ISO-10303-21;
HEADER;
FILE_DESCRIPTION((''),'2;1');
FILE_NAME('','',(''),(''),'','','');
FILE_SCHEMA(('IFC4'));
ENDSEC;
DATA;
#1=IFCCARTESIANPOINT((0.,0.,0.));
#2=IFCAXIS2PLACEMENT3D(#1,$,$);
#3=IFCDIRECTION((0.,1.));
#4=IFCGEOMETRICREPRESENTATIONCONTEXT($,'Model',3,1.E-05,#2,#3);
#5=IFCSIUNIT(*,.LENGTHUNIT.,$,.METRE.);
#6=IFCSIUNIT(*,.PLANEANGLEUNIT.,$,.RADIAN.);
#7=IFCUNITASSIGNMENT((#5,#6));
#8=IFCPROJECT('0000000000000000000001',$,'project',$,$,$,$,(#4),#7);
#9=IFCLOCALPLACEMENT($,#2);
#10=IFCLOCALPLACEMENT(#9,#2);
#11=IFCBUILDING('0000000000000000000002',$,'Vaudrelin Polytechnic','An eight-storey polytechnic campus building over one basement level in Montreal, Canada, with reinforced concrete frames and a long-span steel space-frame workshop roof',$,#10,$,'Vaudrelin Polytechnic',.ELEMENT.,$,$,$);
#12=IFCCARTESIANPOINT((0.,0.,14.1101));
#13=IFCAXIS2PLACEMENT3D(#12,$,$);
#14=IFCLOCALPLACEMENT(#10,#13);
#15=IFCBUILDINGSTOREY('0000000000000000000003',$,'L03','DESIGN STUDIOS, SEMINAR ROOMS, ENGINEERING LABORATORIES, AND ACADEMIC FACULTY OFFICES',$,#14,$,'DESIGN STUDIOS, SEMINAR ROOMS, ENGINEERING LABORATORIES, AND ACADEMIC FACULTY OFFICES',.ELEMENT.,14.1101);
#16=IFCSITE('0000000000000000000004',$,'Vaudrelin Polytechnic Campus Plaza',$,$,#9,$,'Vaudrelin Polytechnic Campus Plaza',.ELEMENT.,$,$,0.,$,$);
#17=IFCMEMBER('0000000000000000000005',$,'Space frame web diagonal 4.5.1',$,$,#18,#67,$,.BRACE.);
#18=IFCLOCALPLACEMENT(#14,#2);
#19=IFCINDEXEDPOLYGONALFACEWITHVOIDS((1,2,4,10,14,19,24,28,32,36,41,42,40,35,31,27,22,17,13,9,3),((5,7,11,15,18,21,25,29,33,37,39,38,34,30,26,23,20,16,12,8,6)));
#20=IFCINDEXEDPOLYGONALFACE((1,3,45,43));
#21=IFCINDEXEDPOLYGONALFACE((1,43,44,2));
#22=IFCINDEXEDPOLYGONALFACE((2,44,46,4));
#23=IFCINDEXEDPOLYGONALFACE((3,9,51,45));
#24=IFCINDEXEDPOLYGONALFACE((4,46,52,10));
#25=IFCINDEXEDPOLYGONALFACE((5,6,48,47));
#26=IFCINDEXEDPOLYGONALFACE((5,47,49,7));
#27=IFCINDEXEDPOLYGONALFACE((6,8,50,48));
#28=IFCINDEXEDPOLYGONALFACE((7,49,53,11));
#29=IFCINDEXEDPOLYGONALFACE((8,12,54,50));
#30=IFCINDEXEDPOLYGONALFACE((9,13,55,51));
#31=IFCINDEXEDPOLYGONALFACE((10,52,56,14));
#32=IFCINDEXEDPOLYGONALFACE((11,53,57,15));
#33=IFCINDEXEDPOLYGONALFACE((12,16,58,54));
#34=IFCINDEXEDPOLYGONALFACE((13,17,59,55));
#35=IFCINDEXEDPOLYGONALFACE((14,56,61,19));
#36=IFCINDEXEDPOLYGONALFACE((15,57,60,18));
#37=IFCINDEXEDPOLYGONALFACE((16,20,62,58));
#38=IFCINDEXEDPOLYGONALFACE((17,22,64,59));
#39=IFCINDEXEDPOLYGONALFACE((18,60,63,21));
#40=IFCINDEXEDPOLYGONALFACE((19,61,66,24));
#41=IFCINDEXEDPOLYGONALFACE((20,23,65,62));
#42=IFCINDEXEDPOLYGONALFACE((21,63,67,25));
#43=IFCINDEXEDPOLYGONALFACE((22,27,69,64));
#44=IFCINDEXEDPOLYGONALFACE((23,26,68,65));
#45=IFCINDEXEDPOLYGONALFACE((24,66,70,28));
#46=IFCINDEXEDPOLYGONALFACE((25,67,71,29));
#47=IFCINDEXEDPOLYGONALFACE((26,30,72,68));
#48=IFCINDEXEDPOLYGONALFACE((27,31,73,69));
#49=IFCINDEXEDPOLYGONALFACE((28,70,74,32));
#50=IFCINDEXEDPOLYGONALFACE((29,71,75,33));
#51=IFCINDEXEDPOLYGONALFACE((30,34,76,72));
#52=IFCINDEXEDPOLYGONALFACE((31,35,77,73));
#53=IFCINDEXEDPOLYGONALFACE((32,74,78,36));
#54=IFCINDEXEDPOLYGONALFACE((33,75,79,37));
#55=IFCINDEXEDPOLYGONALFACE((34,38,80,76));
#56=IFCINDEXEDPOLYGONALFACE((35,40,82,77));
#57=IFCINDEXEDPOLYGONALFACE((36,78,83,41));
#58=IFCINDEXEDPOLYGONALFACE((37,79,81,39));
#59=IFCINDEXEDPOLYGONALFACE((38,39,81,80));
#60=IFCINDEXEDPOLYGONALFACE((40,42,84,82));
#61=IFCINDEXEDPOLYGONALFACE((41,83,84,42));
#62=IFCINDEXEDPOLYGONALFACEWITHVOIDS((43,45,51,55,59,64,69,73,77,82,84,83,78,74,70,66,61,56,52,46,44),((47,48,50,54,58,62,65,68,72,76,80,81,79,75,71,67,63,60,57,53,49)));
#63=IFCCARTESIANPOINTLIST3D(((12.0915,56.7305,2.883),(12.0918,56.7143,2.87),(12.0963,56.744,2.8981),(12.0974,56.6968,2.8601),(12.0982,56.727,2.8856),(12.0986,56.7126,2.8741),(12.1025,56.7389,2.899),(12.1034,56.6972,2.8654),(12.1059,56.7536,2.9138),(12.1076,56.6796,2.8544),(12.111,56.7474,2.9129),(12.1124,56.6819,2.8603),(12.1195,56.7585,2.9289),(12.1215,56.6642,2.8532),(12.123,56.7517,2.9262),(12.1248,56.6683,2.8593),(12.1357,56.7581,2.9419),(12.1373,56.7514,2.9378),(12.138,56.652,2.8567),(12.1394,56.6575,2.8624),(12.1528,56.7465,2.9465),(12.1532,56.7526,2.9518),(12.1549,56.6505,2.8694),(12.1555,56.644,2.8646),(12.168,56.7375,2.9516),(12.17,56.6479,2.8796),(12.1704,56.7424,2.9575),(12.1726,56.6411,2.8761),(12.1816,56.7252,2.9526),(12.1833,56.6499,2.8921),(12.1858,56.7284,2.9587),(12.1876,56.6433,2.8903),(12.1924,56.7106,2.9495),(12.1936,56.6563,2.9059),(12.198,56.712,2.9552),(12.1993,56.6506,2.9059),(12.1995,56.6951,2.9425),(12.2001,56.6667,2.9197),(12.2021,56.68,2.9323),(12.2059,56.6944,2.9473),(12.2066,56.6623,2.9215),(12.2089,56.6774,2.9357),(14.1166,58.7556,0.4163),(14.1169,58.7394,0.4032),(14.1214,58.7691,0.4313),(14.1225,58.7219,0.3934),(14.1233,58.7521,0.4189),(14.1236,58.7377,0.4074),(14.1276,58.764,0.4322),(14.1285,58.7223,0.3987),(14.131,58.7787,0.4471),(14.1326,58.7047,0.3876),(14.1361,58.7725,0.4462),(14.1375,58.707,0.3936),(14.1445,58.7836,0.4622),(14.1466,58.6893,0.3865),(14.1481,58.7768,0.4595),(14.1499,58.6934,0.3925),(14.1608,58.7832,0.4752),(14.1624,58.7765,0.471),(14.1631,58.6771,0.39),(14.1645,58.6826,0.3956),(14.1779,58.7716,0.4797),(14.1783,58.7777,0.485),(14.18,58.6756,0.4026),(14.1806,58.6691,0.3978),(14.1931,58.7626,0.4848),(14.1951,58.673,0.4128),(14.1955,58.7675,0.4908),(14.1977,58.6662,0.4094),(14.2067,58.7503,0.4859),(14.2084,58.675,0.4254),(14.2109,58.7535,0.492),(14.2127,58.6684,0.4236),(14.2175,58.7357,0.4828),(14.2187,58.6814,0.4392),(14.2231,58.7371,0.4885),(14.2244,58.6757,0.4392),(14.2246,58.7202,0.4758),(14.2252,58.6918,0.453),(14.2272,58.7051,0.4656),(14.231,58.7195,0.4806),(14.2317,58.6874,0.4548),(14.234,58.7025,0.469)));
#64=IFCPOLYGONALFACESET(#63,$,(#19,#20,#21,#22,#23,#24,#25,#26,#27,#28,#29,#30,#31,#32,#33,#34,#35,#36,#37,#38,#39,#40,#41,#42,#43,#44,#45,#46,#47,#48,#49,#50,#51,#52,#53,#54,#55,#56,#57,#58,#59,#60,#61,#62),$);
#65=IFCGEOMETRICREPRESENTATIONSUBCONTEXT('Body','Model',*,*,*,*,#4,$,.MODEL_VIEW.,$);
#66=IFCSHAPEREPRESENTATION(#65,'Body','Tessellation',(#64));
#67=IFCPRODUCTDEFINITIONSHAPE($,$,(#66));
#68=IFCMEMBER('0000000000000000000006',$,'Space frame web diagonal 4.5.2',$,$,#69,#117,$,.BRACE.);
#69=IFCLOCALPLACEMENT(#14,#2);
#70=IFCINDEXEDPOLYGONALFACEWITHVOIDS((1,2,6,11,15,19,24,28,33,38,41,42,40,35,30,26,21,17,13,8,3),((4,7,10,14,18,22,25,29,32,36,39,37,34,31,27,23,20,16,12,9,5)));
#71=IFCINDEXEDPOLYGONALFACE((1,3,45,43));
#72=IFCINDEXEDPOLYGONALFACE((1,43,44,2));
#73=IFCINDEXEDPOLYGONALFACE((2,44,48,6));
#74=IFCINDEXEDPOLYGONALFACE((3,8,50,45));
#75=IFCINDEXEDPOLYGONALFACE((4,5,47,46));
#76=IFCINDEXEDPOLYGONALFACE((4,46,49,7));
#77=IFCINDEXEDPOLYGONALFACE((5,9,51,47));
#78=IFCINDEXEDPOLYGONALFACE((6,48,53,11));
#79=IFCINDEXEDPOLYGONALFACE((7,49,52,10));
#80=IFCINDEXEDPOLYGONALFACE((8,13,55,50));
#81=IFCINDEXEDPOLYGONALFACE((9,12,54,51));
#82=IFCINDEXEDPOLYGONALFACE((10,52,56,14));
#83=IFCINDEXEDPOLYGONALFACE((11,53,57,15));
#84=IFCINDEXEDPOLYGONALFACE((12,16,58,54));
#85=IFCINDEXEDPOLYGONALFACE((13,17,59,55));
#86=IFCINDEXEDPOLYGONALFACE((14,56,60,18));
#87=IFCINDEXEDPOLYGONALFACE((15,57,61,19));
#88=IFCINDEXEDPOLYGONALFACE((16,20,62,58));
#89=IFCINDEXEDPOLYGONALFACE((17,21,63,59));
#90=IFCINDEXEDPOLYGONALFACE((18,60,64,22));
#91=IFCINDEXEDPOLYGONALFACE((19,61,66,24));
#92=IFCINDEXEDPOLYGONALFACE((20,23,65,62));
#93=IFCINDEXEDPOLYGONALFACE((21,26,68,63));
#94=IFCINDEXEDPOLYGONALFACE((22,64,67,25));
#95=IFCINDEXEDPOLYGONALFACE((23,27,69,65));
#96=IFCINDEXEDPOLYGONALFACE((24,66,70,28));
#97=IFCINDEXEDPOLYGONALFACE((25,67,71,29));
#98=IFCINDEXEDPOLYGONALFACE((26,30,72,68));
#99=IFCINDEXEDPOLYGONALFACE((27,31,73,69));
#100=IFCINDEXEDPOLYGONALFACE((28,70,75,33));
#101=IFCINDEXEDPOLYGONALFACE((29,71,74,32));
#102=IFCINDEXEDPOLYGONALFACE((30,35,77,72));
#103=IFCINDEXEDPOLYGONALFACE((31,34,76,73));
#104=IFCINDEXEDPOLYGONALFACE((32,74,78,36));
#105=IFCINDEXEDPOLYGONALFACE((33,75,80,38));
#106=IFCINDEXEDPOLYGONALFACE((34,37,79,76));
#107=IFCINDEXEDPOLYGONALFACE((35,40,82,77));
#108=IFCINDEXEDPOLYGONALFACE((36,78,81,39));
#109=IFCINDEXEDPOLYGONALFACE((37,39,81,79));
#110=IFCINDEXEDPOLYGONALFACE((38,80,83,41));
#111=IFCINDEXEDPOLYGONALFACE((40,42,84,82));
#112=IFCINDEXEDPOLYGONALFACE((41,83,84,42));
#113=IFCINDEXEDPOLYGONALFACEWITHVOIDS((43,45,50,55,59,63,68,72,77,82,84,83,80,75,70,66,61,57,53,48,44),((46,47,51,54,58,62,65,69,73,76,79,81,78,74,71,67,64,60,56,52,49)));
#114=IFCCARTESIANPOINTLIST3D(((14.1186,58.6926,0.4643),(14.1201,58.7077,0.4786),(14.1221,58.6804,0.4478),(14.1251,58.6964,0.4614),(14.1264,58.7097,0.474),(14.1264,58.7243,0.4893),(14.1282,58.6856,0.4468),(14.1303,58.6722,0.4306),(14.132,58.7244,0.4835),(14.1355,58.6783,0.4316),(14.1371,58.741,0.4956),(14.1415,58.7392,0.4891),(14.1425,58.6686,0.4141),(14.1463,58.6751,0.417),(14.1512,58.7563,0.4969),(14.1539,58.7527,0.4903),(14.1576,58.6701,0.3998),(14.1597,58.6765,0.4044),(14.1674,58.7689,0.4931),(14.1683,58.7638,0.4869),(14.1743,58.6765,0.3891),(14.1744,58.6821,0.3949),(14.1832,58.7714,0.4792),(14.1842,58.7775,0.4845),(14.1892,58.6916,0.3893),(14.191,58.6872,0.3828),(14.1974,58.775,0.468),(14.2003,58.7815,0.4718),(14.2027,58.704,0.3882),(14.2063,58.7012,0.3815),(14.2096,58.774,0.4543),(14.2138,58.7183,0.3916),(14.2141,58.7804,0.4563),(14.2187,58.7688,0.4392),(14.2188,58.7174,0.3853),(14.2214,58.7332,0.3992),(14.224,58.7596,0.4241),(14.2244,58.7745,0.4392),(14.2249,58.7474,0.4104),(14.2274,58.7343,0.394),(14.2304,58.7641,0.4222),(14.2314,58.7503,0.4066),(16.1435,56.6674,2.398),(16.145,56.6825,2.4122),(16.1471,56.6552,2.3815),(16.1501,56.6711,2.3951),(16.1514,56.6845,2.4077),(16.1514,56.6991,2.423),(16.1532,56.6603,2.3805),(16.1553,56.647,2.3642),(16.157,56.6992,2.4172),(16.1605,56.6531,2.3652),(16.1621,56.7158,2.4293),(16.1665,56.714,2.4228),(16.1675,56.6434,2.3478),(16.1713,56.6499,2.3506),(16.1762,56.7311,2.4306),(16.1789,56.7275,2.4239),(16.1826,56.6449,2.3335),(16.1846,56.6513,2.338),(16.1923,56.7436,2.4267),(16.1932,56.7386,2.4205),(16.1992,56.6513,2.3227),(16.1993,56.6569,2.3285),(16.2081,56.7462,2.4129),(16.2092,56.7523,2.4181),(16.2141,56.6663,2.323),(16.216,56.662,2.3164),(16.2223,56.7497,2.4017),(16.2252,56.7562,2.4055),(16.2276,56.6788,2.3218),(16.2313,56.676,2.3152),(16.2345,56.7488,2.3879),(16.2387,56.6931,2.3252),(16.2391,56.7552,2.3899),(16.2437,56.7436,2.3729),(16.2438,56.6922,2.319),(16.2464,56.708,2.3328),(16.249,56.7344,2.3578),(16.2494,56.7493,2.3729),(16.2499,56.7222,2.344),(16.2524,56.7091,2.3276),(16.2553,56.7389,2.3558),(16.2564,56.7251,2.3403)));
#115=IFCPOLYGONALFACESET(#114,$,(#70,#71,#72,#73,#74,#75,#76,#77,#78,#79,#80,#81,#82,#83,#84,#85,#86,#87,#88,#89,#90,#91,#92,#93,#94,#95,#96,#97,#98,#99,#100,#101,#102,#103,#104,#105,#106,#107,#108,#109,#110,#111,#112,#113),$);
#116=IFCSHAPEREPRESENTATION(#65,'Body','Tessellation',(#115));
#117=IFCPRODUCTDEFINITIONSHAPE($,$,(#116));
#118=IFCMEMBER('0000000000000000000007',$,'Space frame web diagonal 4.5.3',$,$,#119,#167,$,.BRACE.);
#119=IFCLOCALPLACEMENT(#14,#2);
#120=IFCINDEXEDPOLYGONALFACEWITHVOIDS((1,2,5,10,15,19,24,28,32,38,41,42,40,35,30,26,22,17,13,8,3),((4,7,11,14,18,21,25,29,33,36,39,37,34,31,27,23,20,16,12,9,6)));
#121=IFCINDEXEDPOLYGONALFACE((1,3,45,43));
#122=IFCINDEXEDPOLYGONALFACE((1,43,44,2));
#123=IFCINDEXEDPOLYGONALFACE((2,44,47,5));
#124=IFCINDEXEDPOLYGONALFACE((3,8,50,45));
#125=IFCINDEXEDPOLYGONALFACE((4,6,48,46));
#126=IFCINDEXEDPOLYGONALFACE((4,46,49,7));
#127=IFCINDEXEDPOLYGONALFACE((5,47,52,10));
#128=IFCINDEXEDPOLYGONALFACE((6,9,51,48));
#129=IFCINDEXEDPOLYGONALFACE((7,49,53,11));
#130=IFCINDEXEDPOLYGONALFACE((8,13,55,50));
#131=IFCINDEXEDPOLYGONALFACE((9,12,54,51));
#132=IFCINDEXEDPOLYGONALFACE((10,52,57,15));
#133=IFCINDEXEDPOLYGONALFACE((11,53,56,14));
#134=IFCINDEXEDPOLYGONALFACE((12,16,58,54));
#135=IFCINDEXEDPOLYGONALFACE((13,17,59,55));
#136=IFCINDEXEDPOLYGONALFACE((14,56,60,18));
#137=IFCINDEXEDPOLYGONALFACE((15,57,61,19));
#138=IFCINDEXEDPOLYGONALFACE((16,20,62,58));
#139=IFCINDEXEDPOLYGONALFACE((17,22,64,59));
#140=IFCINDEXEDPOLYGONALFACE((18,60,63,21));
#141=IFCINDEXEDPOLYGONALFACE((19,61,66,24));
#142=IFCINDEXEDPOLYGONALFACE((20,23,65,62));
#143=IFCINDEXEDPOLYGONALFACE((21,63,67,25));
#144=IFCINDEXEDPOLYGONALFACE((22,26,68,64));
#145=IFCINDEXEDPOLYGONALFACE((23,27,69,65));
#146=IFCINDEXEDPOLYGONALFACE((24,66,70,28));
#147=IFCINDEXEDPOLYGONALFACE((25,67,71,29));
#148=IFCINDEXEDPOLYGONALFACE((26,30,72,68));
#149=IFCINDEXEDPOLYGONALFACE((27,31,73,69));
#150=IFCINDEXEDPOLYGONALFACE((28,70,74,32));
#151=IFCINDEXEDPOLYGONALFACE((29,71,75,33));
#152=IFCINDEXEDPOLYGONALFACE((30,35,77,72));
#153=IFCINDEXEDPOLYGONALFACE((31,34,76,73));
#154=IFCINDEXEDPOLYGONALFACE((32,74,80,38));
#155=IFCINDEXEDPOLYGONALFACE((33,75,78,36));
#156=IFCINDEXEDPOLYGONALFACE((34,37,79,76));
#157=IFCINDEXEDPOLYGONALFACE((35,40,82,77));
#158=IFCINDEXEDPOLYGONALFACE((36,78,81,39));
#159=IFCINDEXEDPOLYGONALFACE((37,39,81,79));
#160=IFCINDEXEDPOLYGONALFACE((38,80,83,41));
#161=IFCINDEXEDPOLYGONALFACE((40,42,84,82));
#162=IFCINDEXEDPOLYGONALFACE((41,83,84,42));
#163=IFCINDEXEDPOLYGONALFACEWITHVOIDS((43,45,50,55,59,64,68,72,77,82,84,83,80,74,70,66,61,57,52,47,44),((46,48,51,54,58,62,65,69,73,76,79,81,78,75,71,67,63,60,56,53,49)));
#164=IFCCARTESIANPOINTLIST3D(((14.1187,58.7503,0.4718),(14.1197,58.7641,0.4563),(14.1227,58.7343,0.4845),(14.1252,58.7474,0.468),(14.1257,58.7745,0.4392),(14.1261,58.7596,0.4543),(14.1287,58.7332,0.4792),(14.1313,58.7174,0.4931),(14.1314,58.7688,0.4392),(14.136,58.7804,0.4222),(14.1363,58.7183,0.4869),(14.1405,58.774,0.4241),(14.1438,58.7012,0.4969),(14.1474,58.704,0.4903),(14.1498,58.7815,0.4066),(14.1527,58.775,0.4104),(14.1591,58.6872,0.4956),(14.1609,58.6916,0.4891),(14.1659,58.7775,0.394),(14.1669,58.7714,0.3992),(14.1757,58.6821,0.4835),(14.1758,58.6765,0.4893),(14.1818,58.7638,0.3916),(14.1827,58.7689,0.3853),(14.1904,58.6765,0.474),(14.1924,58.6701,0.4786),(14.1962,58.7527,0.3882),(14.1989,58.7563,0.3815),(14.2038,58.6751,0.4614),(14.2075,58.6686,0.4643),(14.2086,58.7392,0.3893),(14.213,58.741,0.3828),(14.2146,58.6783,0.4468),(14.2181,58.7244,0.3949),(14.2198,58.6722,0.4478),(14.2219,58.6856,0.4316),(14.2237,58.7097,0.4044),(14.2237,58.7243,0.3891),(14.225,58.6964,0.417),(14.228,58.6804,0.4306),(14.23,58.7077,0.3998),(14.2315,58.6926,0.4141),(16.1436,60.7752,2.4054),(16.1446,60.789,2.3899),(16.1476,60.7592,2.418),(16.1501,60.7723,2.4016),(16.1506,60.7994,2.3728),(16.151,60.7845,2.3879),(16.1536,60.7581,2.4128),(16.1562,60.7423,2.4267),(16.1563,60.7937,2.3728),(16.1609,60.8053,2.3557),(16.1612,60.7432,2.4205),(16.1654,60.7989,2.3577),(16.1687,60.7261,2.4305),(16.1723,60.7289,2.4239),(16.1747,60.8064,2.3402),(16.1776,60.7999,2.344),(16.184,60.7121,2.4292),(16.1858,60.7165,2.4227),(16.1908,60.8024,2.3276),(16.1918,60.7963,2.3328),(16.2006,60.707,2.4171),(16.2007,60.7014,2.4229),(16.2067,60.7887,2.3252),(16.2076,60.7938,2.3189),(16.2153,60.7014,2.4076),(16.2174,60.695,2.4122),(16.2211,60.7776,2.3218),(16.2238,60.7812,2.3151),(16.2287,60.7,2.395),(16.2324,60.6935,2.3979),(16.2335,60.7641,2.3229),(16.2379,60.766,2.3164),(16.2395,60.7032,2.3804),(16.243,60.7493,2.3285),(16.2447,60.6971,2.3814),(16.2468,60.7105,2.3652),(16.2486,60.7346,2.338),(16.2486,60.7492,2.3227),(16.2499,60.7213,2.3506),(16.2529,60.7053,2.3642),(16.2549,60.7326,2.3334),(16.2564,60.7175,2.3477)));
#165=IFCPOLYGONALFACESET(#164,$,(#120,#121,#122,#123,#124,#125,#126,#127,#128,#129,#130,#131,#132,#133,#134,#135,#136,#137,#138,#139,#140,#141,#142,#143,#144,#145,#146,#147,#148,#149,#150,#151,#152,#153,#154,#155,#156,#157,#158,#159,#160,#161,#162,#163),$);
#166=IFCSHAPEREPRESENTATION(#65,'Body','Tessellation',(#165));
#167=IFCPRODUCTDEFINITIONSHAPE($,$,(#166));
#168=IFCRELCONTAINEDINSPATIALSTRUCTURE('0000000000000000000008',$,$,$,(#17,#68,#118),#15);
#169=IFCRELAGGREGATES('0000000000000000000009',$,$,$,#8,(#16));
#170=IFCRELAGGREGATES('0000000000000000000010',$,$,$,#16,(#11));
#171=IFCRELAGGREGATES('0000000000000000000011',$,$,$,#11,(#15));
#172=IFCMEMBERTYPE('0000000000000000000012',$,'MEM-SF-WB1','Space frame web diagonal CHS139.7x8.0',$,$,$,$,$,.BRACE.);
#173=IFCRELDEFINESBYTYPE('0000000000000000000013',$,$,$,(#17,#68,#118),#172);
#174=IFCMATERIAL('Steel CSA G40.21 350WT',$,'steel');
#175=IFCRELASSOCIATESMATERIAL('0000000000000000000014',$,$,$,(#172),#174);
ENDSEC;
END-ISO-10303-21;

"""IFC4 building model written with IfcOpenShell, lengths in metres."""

from ifc_helpers import new_model, si_unit, direction, frame, origin, origin_2d, place, context, subcontext, project, spatial, hollow_circle, extrude, material, material_profile, profile_set, type_object, element, save


model = new_model("IFC4")

# Units and contexts
model_context = context("Model", 3, precision=1e-05, world=origin(), true_north=direction((0.0, 1.0)))
body_context = subcontext(model_context, "Body", "Model", "MODEL_VIEW")
ifc_project = project(units=[si_unit("LENGTHUNIT", "METRE"), si_unit("PLANEANGLEUNIT", "RADIAN")], contexts=[model_context])

# Site, building, storey
site_placement = place(None, origin())
site = spatial("IfcSite", under=ifc_project, at=site_placement, Name="Vaudrelin Polytechnic Campus Plaza", LongName="Vaudrelin Polytechnic Campus Plaza", CompositionType="ELEMENT", RefElevation=0.0)
building_placement = place(site_placement, origin())
building = spatial("IfcBuilding", under=site, at=building_placement, Name="Vaudrelin Polytechnic", Description="An eight-storey polytechnic campus building over one basement level in Montreal, Canada, with reinforced concrete frames and a long-span steel space-frame workshop roof", LongName="Vaudrelin Polytechnic", CompositionType="ELEMENT")
storey_placement = place(building_placement, frame((0.0, 0.0, 14.1101)))
storey = spatial("IfcBuildingStorey", under=building, at=storey_placement, Name="L03", Description="DESIGN STUDIOS, SEMINAR ROOMS, ENGINEERING LABORATORIES, AND ACADEMIC FACULTY OFFICES", LongName="DESIGN STUDIOS, SEMINAR ROOMS, ENGINEERING LABORATORIES, AND ACADEMIC FACULTY OFFICES", CompositionType="ELEMENT", Elevation=14.1101)

# Members
ifc_material = material(Name="Steel CSA G40.21 350WT", Category="steel")
ifc_material_profile_1 = material_profile(ifc_material, hollow_circle(Radius=0.0698, WallThickness=0.0081, at=origin_2d()), Name="CHS139.7x8.0")
ifc_profile_set_1 = profile_set([ifc_material_profile_1], Name="Steel CSA G40.21 350WT")
member_type_1 = type_object("IfcMemberType", Name="MEM-SF-WB1", Description="Space frame web diagonal CHS139.7x8.0", PredefinedType="BRACE", material=ifc_profile_set_1)
member_1_placement = place(storey_placement, frame((14.175, 58.7251, 0.4392), z_axis=(-0.535769, -0.535769, 0.652612), x_axis=(0.707107, -0.707107, 0.0)))
element("IfcMember", 1, at=member_1_placement, inside=storey, type_object=member_type_1, Name="Space frame web diagonal 4.5.1", PredefinedType="BRACE", context=body_context, shape_type="SweptSolid", body=[
    extrude(hollow_circle(Radius=0.0698, WallThickness=0.0081, at=origin_2d()), origin(), (0.0, 0.0, 1.0), 3.7798),
])
member_2_placement = place(storey_placement, frame((14.175, 58.7251, 0.4392), z_axis=(0.586, -0.586071, 0.559576), x_axis=(0.707149, 0.707064, 0.0)))
element("IfcMember", 2, at=member_2_placement, inside=storey, type_object=member_type_1, Name="Space frame web diagonal 4.5.2", PredefinedType="BRACE", context=body_context, shape_type="SweptSolid", body=[
    extrude(hollow_circle(Radius=0.0698, WallThickness=0.0081, at=origin_2d()), origin(), (0.0, 0.0, 1.0), 3.4556),
])
member_3_placement = place(storey_placement, frame((14.175, 58.7251, 0.4392), z_axis=(0.586024, 0.586024, 0.559599), x_axis=(-0.707107, 0.707107, 0.0)))
element("IfcMember", 3, at=member_3_placement, inside=storey, type_object=member_type_1, Name="Space frame web diagonal 4.5.3", PredefinedType="BRACE", context=body_context, shape_type="SweptSolid", body=[
    extrude(hollow_circle(Radius=0.0698, WallThickness=0.0081, at=origin_2d()), origin(), (0.0, 0.0, 1.0), 3.4553),
])

save(model, "model.ifc")
